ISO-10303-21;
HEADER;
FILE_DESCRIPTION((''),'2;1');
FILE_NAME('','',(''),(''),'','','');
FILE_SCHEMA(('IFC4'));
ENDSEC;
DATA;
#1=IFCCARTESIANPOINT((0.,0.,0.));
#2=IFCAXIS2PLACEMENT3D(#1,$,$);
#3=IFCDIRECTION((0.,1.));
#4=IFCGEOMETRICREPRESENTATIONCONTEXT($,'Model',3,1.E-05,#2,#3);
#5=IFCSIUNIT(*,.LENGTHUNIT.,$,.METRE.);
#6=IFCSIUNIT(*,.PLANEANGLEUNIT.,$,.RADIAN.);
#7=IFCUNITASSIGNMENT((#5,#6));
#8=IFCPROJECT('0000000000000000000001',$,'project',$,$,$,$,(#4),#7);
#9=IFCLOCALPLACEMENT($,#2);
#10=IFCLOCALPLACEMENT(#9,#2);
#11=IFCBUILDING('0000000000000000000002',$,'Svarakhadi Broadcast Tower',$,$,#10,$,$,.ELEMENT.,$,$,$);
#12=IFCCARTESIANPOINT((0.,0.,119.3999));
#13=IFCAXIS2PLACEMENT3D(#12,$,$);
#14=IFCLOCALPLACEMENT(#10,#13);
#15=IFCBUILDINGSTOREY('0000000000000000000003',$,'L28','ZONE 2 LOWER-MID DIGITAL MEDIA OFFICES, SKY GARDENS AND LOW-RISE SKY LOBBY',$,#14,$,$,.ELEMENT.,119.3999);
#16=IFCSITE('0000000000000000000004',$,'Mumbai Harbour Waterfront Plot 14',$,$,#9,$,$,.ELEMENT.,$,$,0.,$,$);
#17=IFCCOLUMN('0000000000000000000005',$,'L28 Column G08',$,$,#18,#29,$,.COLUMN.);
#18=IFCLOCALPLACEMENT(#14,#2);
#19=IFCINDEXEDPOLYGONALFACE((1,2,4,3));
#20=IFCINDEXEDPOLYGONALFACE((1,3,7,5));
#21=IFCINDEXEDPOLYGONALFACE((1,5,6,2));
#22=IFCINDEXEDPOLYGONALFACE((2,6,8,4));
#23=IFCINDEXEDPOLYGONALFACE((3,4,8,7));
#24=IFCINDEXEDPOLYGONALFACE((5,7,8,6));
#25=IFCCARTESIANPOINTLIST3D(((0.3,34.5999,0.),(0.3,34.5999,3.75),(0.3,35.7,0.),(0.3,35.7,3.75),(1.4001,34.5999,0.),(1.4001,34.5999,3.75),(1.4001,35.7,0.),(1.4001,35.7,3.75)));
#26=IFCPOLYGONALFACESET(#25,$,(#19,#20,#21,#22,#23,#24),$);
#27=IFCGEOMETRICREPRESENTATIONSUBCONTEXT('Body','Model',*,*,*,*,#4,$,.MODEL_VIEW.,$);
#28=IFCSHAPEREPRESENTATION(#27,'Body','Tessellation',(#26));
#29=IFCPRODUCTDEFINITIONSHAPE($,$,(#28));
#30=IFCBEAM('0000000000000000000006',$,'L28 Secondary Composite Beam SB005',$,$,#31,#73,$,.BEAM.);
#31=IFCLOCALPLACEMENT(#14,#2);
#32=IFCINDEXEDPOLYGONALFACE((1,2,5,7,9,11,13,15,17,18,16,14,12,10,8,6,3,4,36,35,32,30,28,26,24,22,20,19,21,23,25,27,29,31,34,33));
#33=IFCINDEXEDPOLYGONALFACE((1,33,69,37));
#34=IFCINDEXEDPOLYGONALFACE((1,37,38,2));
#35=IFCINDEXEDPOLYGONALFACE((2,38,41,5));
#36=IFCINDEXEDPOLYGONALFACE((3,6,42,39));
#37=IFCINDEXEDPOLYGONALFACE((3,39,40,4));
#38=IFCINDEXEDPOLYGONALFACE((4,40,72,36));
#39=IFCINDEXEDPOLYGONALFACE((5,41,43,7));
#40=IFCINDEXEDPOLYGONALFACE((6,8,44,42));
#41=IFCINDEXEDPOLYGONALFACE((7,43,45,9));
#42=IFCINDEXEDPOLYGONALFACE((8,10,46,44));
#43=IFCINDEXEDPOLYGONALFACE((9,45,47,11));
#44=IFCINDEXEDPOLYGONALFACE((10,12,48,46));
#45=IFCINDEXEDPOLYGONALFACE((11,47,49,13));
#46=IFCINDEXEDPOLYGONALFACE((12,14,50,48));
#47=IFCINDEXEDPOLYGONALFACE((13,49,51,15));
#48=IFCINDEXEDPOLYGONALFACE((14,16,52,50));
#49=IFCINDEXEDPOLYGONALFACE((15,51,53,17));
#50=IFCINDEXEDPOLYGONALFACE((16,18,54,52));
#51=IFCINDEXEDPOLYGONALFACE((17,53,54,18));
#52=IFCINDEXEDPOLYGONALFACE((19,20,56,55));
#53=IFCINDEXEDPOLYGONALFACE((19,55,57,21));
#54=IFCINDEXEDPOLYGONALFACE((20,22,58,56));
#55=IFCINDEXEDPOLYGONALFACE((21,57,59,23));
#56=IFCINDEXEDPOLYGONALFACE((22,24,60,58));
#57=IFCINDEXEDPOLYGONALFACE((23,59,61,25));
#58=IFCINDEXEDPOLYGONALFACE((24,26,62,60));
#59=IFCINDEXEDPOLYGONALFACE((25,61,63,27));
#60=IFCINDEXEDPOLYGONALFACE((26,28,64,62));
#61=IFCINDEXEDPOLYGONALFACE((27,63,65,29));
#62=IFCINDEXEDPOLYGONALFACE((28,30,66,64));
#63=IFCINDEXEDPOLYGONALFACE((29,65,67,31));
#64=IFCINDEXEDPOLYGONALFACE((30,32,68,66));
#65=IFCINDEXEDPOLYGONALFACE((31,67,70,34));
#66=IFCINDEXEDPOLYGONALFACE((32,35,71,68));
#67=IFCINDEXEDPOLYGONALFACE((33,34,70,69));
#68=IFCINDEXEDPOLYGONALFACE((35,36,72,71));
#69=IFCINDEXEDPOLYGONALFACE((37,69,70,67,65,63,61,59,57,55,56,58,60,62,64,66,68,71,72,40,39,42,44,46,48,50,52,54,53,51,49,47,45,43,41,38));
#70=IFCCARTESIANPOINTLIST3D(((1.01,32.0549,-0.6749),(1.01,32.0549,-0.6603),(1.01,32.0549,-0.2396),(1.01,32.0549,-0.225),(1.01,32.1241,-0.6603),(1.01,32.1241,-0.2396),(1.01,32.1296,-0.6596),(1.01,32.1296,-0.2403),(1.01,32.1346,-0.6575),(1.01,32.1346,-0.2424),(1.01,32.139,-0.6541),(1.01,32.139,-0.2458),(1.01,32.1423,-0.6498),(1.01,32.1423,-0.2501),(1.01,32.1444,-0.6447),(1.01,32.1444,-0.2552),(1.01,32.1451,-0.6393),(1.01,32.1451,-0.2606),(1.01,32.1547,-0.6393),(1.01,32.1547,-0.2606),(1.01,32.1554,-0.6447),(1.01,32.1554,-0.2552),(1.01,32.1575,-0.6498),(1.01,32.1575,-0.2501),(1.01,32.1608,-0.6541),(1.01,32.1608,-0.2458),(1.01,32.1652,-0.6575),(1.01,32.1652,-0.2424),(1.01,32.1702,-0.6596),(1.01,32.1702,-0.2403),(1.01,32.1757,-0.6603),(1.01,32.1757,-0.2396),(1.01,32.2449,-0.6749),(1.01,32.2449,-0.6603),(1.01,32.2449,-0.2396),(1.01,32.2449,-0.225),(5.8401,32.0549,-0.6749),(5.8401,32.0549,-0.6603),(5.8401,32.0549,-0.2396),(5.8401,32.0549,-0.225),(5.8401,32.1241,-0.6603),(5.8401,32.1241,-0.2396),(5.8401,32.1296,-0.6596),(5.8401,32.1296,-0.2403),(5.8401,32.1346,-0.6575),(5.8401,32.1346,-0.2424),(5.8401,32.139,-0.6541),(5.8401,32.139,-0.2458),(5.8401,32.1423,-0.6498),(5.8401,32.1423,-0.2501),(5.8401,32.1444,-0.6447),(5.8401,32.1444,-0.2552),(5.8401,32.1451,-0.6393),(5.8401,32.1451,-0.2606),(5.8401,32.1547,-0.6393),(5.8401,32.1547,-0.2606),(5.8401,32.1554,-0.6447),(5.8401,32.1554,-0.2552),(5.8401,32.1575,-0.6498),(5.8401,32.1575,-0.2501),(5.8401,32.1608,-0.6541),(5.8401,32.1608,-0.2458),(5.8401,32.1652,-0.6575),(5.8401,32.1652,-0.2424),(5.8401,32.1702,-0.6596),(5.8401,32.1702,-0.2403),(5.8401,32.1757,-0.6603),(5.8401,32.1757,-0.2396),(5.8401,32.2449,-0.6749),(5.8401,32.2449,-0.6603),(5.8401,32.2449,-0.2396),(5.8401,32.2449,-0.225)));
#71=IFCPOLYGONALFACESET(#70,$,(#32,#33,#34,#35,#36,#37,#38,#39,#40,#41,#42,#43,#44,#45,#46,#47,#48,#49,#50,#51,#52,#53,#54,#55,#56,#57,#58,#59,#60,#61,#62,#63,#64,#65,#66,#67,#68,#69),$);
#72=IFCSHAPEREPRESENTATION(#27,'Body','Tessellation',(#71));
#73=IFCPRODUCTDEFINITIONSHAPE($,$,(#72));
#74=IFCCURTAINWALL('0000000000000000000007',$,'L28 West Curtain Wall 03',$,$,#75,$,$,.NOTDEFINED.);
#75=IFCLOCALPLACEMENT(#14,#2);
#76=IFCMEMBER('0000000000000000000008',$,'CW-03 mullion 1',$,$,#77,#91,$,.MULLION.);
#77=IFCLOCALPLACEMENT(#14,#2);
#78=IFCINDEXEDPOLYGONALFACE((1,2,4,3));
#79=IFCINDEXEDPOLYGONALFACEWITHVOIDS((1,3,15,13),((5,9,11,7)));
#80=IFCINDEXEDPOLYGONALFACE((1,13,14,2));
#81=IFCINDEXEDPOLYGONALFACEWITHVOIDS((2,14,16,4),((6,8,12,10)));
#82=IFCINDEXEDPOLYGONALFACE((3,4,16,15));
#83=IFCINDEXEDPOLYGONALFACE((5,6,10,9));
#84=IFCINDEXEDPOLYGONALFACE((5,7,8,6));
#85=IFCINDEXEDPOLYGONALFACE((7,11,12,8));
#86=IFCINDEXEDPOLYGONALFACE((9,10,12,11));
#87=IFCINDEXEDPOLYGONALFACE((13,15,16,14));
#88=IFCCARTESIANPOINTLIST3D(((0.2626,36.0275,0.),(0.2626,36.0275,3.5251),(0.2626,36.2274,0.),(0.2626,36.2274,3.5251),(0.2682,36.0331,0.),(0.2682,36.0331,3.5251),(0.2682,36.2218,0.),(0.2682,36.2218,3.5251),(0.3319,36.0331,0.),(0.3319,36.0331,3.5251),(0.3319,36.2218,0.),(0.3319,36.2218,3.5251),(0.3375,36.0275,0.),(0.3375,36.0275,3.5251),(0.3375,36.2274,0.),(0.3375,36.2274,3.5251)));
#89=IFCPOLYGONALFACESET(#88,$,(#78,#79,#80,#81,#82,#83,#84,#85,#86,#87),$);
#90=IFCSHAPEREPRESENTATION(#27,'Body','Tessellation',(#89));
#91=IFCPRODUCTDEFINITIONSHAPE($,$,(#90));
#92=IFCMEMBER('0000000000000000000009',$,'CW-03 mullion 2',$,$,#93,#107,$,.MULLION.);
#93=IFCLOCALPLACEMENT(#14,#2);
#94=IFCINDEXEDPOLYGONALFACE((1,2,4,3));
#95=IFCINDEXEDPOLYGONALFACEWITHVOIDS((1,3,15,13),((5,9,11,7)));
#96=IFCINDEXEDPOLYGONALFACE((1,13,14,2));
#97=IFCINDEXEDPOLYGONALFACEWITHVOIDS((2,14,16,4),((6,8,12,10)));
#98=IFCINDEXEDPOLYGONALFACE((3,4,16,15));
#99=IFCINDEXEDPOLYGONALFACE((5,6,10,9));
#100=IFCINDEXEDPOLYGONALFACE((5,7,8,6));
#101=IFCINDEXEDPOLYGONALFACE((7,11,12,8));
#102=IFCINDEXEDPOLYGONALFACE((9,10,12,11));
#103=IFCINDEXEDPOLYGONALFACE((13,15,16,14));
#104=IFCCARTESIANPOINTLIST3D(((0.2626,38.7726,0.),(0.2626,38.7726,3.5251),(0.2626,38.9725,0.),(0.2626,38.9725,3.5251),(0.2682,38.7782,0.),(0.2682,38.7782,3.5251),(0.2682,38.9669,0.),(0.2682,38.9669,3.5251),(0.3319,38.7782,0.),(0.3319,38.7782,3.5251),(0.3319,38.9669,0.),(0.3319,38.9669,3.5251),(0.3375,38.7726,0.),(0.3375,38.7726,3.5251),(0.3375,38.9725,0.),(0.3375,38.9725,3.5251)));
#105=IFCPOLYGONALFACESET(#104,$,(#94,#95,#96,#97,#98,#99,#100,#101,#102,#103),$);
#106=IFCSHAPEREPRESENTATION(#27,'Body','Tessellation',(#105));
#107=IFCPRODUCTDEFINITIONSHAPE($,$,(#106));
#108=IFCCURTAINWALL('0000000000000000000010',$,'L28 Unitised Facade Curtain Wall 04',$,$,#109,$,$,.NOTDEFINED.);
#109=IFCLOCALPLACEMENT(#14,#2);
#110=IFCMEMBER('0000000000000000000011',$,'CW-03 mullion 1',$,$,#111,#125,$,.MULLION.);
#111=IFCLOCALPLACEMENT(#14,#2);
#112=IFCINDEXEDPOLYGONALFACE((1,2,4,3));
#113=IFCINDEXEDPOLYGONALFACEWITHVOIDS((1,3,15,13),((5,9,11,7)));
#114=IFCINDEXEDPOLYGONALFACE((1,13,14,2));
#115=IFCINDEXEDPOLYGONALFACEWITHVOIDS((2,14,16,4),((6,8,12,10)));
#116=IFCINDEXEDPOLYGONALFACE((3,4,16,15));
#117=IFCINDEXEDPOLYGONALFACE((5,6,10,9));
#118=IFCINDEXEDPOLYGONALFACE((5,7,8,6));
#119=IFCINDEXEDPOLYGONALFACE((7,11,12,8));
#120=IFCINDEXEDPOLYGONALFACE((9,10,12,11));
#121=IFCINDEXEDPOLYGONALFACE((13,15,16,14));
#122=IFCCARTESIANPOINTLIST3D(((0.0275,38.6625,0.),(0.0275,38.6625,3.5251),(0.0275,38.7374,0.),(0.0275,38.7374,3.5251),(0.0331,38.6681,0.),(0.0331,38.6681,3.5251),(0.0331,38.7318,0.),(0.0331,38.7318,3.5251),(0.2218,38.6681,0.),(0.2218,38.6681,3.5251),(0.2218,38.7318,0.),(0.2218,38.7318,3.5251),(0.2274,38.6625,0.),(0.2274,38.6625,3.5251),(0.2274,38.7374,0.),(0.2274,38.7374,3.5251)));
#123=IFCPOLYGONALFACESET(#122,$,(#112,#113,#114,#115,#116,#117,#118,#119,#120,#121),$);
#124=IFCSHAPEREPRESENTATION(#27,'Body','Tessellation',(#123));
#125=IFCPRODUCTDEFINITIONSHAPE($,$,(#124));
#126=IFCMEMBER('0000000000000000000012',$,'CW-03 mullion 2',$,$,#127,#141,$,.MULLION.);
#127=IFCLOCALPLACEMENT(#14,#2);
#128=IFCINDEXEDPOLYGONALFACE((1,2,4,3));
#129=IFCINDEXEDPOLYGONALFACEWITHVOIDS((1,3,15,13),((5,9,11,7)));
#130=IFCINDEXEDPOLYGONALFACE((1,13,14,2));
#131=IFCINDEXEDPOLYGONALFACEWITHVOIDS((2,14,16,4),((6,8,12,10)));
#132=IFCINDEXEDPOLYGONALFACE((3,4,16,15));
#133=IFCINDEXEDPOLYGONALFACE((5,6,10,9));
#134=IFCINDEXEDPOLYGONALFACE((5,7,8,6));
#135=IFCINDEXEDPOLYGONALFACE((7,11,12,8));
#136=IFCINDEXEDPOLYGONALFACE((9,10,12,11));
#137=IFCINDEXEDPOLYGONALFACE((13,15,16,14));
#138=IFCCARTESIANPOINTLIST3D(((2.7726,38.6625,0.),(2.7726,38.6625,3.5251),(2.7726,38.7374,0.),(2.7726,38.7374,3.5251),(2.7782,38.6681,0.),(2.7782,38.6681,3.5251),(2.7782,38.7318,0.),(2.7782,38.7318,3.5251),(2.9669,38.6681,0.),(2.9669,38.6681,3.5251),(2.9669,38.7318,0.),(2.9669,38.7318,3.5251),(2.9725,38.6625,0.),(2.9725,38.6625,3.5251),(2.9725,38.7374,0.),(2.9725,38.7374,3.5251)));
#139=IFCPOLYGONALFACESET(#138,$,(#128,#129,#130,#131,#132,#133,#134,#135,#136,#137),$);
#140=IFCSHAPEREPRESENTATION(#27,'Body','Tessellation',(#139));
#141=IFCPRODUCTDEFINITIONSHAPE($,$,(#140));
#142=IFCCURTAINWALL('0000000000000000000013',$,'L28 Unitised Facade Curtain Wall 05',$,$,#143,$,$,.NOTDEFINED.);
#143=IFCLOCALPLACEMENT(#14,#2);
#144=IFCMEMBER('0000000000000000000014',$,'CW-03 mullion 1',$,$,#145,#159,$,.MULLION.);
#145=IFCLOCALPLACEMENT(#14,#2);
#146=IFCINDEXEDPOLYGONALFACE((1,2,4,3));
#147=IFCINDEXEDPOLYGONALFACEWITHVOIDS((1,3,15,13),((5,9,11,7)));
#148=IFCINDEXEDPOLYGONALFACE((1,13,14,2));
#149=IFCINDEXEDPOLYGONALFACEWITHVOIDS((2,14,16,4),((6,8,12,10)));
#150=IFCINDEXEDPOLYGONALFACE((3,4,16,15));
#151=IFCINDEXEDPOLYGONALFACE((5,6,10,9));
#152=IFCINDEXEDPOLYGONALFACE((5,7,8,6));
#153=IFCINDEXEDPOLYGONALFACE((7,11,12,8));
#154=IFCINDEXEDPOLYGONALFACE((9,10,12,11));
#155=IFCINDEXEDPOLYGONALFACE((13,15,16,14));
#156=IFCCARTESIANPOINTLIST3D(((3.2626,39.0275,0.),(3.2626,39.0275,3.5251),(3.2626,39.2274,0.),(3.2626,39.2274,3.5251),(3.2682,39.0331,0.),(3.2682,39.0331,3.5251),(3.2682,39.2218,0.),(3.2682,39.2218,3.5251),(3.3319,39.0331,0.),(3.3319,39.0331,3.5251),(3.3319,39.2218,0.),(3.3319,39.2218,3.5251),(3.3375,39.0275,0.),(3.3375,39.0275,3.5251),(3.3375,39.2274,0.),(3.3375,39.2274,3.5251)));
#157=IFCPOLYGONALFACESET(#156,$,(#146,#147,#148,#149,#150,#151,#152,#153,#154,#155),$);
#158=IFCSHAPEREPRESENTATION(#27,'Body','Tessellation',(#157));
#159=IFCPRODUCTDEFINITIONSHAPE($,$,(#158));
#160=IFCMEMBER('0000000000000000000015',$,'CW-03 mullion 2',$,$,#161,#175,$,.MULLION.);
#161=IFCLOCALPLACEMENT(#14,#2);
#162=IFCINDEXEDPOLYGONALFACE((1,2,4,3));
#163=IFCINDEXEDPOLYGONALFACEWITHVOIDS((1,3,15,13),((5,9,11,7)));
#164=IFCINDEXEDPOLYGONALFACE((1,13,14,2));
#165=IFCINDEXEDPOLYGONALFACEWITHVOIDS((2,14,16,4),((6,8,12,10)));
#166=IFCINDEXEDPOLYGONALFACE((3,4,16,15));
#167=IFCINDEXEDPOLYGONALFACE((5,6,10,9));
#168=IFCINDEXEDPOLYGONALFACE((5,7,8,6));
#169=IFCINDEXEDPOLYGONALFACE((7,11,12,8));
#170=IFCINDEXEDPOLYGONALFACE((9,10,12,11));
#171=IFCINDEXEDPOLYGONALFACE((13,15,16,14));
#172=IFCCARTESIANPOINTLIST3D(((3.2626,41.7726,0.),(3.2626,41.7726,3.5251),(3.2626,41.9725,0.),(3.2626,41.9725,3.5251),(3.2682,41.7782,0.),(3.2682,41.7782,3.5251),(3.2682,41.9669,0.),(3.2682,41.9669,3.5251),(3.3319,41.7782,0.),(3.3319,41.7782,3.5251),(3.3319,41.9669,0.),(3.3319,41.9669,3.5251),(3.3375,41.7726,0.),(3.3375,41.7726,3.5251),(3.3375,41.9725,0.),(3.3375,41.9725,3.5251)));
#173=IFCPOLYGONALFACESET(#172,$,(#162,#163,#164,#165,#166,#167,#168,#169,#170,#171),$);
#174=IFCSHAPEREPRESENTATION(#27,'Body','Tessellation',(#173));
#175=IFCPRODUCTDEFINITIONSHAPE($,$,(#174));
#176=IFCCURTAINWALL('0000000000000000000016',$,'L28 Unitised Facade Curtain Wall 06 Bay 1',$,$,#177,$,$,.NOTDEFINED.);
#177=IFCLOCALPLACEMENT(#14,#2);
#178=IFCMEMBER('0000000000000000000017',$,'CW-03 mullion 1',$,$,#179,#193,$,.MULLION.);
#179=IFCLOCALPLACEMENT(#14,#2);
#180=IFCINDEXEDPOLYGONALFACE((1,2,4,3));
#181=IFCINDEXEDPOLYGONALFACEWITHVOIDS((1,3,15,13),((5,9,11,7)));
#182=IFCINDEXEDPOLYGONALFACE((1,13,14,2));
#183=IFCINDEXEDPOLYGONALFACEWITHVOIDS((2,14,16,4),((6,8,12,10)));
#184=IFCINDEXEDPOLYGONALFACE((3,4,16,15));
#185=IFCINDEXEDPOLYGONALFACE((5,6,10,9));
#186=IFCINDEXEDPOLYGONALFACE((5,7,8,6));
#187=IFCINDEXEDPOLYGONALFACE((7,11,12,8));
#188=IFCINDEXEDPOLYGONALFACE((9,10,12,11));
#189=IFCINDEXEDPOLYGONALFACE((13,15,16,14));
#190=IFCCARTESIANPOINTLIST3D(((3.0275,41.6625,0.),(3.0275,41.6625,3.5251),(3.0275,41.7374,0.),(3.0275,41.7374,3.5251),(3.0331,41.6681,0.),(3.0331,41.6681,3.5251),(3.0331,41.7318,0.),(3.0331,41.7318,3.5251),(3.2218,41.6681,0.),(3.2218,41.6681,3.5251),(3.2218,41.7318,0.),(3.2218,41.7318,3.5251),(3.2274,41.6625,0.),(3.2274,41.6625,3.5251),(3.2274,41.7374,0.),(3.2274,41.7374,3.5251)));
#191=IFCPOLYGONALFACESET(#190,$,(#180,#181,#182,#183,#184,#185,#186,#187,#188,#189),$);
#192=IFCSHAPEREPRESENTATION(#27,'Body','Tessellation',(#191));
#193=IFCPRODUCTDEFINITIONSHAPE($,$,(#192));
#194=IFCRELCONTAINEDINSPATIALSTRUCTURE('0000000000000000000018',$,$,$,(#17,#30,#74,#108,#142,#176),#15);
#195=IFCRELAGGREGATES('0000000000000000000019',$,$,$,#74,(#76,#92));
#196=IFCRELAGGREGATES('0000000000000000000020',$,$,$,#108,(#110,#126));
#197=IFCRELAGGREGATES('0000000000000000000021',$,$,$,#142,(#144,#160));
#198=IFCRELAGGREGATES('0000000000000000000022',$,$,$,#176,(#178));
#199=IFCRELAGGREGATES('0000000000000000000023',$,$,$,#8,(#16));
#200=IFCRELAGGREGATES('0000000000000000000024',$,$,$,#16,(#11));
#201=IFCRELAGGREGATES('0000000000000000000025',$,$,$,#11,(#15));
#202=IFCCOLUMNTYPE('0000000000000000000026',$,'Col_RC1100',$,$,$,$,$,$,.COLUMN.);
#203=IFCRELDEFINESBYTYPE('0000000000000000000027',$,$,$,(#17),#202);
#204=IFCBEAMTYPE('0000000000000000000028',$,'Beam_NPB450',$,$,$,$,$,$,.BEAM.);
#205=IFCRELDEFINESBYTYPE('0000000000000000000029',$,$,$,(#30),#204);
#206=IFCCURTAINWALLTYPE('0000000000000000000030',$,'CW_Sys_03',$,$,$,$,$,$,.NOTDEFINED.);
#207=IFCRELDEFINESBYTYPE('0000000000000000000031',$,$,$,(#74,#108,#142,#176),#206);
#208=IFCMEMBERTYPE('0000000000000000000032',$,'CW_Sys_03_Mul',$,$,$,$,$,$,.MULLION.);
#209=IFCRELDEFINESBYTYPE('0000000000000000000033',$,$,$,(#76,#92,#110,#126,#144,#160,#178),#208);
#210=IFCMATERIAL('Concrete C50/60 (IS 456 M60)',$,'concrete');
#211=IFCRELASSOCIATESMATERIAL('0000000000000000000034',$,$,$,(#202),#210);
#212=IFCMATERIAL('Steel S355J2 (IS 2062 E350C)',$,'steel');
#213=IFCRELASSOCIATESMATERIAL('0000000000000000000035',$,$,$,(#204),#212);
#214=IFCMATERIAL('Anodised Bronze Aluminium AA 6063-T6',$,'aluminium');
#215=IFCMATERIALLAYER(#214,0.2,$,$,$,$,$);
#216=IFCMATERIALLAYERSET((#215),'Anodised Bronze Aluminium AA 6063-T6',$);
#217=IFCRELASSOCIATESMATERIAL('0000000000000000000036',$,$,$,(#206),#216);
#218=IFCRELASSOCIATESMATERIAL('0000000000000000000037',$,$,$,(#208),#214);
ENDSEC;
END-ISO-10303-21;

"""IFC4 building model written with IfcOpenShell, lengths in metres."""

from ifc_helpers import new_model, si_unit, direction, frame, origin, origin_2d, place, context, subcontext, project, spatial, rectangle, hollow_rectangle, i_section, extrude, material, layer, layer_set, material_profile, profile_set, type_object, element, aggregate, save


model = new_model("IFC4")

# Units and contexts
model_context = context("Model", 3, precision=1e-05, world=origin(), true_north=direction((0.0, 1.0)))
body_context = subcontext(model_context, "Body", "Model", "MODEL_VIEW")
ifc_project = project(units=[si_unit("LENGTHUNIT", "METRE"), si_unit("PLANEANGLEUNIT", "RADIAN")], contexts=[model_context])

# Site, building, storey
site_placement = place(None, origin())
site = spatial("IfcSite", under=ifc_project, at=site_placement, Name="Mumbai Harbour Waterfront Plot 14", CompositionType="ELEMENT", RefElevation=0.0)
building_placement = place(site_placement, origin())
building = spatial("IfcBuilding", under=site, at=building_placement, Name="Svarakhadi Broadcast Tower", CompositionType="ELEMENT")
storey_placement = place(building_placement, frame((0.0, 0.0, 119.3999)))
storey = spatial("IfcBuildingStorey", under=building, at=storey_placement, Name="L28", Description="ZONE 2 LOWER-MID DIGITAL MEDIA OFFICES, SKY GARDENS AND LOW-RISE SKY LOBBY", CompositionType="ELEMENT", Elevation=119.3999)

# Column
ifc_material_1 = material(Name="Concrete C50/60 (IS 456 M60)", Category="concrete")
ifc_material_profile_1 = material_profile(ifc_material_1, rectangle(XDim=1.1001, YDim=1.1001, at=origin_2d()), Name="RC 1100x1100")
ifc_profile_set_1 = profile_set([ifc_material_profile_1], Name="Concrete C50/60 (IS 456 M60)")
column_type = type_object("IfcColumnType", Name="Col_RC1100", PredefinedType="COLUMN", material=ifc_profile_set_1)
column_placement = place(storey_placement, frame((0.8501, 35.1499, 0.0), z_axis=(0.0, 0.0, 1.0), x_axis=(1.0, 0.0, 0.0)))
element("IfcColumn", 1, at=column_placement, inside=storey, type_object=column_type, Name="L28 Column G08", PredefinedType="COLUMN", context=body_context, shape_type="SweptSolid", body=[
    extrude(rectangle(XDim=1.1001, YDim=1.1001, at=origin_2d()), origin(), (0.0, 0.0, 1.0), 3.75),
])

# Beam
ifc_material_2 = material(Name="Steel S355J2 (IS 2062 E350C)", Category="steel")
ifc_material_profile_2 = material_profile(ifc_material_2, i_section(OverallWidth=0.1899, OverallDepth=0.45, WebThickness=0.0095, FlangeThickness=0.0146, FilletRadius=0.021, at=origin_2d()), Name="NPB 450x190x78")
ifc_profile_set_2 = profile_set([ifc_material_profile_2], Name="Steel S355J2 (IS 2062 E350C)")
beam_type_1 = type_object("IfcBeamType", Name="Beam_NPB450", PredefinedType="BEAM", material=ifc_profile_set_2)
beam_1_placement = place(storey_placement, frame((1.01, 32.1499, -0.45), z_axis=(1.0, 0.0, 0.0), x_axis=(0.0, 1.0, 0.0)))
element("IfcBeam", 2, at=beam_1_placement, inside=storey, type_object=beam_type_1, Name="L28 Secondary Composite Beam SB005", PredefinedType="BEAM", context=body_context, shape_type="SweptSolid", body=[
    extrude(i_section(OverallWidth=0.1899, OverallDepth=0.45, WebThickness=0.0095, FlangeThickness=0.0146, FilletRadius=0.021, at=origin_2d()), origin(), (0.0, 0.0, 1.0), 4.8301),
])

# Curtain walls, members
ifc_material_3 = material(Name="Anodised Bronze Aluminium AA 6063-T6", Category="aluminium")
ifc_layer_1 = layer(ifc_material_3, 0.2)
ifc_layer_set_1 = layer_set([ifc_layer_1], Name="Anodised Bronze Aluminium AA 6063-T6")
curtain_wall_type = type_object("IfcCurtainWallType", Name="CW_Sys_03", PredefinedType="NOTDEFINED", material=ifc_layer_set_1)
curtain_wall_1_placement = place(storey_placement, origin())
curtain_wall_1 = element("IfcCurtainWall", 3, at=curtain_wall_1_placement, inside=storey, type_object=curtain_wall_type, Name="L28 West Curtain Wall 03", PredefinedType="NOTDEFINED")
ifc_material_profile_3 = material_profile(ifc_material_3, hollow_rectangle(XDim=0.075, YDim=0.2, WallThickness=0.0056, at=origin_2d()), Name="ALU MULLION 200x75x6")
ifc_profile_set_3 = profile_set([ifc_material_profile_3], Name="Anodised Bronze Aluminium AA 6063-T6")
member_type_1 = type_object("IfcMemberType", Name="CW_Sys_03_Mul", PredefinedType="MULLION", material=ifc_profile_set_3)
member_1_placement = place(storey_placement, frame((0.3, 36.1274, 0.0), z_axis=(0.0, 0.0, 1.0), x_axis=(-1.0, 0.0, 0.0)))
member_1 = element("IfcMember", 4, at=member_1_placement, type_object=member_type_1, Name="CW-03 mullion 1", PredefinedType="MULLION", context=body_context, shape_type="SweptSolid", body=[
    extrude(hollow_rectangle(XDim=0.075, YDim=0.2, WallThickness=0.0056, at=origin_2d()), origin(), (0.0, 0.0, 1.0), 3.5251),
])
member_2_placement = place(storey_placement, frame((0.3, 38.8726, 0.0), z_axis=(0.0, 0.0, 1.0), x_axis=(-1.0, 0.0, 0.0)))
member_2 = element("IfcMember", 5, at=member_2_placement, type_object=member_type_1, Name="CW-03 mullion 2", PredefinedType="MULLION", context=body_context, shape_type="SweptSolid", body=[
    extrude(hollow_rectangle(XDim=0.075, YDim=0.2, WallThickness=0.0056, at=origin_2d()), origin(), (0.0, 0.0, 1.0), 3.5251),
])
curtain_wall_2_placement = place(storey_placement, origin())
curtain_wall_2 = element("IfcCurtainWall", 6, at=curtain_wall_2_placement, inside=storey, type_object=curtain_wall_type, Name="L28 Unitised Facade Curtain Wall 04", PredefinedType="NOTDEFINED")
member_3_placement = place(storey_placement, frame((0.1274, 38.7, 0.0), z_axis=(0.0, 0.0, 1.0), x_axis=(0.0, 1.0, 0.0)))
member_3 = element("IfcMember", 7, at=member_3_placement, type_object=member_type_1, Name="CW-03 mullion 1", PredefinedType="MULLION", context=body_context, shape_type="SweptSolid", body=[
    extrude(hollow_rectangle(XDim=0.075, YDim=0.2, WallThickness=0.0056, at=origin_2d()), origin(), (0.0, 0.0, 1.0), 3.5251),
])
member_4_placement = place(storey_placement, frame((2.8726, 38.7, 0.0), z_axis=(0.0, 0.0, 1.0), x_axis=(0.0, 1.0, 0.0)))
member_4 = element("IfcMember", 8, at=member_4_placement, type_object=member_type_1, Name="CW-03 mullion 2", PredefinedType="MULLION", context=body_context, shape_type="SweptSolid", body=[
    extrude(hollow_rectangle(XDim=0.075, YDim=0.2, WallThickness=0.0056, at=origin_2d()), origin(), (0.0, 0.0, 1.0), 3.5251),
])
curtain_wall_3_placement = place(storey_placement, origin())
curtain_wall_3 = element("IfcCurtainWall", 9, at=curtain_wall_3_placement, inside=storey, type_object=curtain_wall_type, Name="L28 Unitised Facade Curtain Wall 05", PredefinedType="NOTDEFINED")
member_5_placement = place(storey_placement, frame((3.3, 39.1274, 0.0), z_axis=(0.0, 0.0, 1.0), x_axis=(-1.0, 0.0, 0.0)))
member_5 = element("IfcMember", 10, at=member_5_placement, type_object=member_type_1, Name="CW-03 mullion 1", PredefinedType="MULLION", context=body_context, shape_type="SweptSolid", body=[
    extrude(hollow_rectangle(XDim=0.075, YDim=0.2, WallThickness=0.0056, at=origin_2d()), origin(), (0.0, 0.0, 1.0), 3.5251),
])
member_6_placement = place(storey_placement, frame((3.3, 41.8726, 0.0), z_axis=(0.0, 0.0, 1.0), x_axis=(-1.0, 0.0, 0.0)))
member_6 = element("IfcMember", 11, at=member_6_placement, type_object=member_type_1, Name="CW-03 mullion 2", PredefinedType="MULLION", context=body_context, shape_type="SweptSolid", body=[
    extrude(hollow_rectangle(XDim=0.075, YDim=0.2, WallThickness=0.0056, at=origin_2d()), origin(), (0.0, 0.0, 1.0), 3.5251),
])
curtain_wall_4_placement = place(storey_placement, origin())
curtain_wall_4 = element("IfcCurtainWall", 12, at=curtain_wall_4_placement, inside=storey, type_object=curtain_wall_type, Name="L28 Unitised Facade Curtain Wall 06 Bay 1", PredefinedType="NOTDEFINED")
member_7_placement = place(storey_placement, frame((3.1274, 41.7, 0.0), z_axis=(0.0, 0.0, 1.0), x_axis=(0.0, 1.0, 0.0)))
member_7 = element("IfcMember", 13, at=member_7_placement, type_object=member_type_1, Name="CW-03 mullion 1", PredefinedType="MULLION", context=body_context, shape_type="SweptSolid", body=[
    extrude(hollow_rectangle(XDim=0.075, YDim=0.2, WallThickness=0.0056, at=origin_2d()), origin(), (0.0, 0.0, 1.0), 3.5251),
])

aggregate(curtain_wall_1, [member_1, member_2])
aggregate(curtain_wall_2, [member_3, member_4])
aggregate(curtain_wall_3, [member_5, member_6])
aggregate(curtain_wall_4, [member_7])

save(model, "model.ifc")
